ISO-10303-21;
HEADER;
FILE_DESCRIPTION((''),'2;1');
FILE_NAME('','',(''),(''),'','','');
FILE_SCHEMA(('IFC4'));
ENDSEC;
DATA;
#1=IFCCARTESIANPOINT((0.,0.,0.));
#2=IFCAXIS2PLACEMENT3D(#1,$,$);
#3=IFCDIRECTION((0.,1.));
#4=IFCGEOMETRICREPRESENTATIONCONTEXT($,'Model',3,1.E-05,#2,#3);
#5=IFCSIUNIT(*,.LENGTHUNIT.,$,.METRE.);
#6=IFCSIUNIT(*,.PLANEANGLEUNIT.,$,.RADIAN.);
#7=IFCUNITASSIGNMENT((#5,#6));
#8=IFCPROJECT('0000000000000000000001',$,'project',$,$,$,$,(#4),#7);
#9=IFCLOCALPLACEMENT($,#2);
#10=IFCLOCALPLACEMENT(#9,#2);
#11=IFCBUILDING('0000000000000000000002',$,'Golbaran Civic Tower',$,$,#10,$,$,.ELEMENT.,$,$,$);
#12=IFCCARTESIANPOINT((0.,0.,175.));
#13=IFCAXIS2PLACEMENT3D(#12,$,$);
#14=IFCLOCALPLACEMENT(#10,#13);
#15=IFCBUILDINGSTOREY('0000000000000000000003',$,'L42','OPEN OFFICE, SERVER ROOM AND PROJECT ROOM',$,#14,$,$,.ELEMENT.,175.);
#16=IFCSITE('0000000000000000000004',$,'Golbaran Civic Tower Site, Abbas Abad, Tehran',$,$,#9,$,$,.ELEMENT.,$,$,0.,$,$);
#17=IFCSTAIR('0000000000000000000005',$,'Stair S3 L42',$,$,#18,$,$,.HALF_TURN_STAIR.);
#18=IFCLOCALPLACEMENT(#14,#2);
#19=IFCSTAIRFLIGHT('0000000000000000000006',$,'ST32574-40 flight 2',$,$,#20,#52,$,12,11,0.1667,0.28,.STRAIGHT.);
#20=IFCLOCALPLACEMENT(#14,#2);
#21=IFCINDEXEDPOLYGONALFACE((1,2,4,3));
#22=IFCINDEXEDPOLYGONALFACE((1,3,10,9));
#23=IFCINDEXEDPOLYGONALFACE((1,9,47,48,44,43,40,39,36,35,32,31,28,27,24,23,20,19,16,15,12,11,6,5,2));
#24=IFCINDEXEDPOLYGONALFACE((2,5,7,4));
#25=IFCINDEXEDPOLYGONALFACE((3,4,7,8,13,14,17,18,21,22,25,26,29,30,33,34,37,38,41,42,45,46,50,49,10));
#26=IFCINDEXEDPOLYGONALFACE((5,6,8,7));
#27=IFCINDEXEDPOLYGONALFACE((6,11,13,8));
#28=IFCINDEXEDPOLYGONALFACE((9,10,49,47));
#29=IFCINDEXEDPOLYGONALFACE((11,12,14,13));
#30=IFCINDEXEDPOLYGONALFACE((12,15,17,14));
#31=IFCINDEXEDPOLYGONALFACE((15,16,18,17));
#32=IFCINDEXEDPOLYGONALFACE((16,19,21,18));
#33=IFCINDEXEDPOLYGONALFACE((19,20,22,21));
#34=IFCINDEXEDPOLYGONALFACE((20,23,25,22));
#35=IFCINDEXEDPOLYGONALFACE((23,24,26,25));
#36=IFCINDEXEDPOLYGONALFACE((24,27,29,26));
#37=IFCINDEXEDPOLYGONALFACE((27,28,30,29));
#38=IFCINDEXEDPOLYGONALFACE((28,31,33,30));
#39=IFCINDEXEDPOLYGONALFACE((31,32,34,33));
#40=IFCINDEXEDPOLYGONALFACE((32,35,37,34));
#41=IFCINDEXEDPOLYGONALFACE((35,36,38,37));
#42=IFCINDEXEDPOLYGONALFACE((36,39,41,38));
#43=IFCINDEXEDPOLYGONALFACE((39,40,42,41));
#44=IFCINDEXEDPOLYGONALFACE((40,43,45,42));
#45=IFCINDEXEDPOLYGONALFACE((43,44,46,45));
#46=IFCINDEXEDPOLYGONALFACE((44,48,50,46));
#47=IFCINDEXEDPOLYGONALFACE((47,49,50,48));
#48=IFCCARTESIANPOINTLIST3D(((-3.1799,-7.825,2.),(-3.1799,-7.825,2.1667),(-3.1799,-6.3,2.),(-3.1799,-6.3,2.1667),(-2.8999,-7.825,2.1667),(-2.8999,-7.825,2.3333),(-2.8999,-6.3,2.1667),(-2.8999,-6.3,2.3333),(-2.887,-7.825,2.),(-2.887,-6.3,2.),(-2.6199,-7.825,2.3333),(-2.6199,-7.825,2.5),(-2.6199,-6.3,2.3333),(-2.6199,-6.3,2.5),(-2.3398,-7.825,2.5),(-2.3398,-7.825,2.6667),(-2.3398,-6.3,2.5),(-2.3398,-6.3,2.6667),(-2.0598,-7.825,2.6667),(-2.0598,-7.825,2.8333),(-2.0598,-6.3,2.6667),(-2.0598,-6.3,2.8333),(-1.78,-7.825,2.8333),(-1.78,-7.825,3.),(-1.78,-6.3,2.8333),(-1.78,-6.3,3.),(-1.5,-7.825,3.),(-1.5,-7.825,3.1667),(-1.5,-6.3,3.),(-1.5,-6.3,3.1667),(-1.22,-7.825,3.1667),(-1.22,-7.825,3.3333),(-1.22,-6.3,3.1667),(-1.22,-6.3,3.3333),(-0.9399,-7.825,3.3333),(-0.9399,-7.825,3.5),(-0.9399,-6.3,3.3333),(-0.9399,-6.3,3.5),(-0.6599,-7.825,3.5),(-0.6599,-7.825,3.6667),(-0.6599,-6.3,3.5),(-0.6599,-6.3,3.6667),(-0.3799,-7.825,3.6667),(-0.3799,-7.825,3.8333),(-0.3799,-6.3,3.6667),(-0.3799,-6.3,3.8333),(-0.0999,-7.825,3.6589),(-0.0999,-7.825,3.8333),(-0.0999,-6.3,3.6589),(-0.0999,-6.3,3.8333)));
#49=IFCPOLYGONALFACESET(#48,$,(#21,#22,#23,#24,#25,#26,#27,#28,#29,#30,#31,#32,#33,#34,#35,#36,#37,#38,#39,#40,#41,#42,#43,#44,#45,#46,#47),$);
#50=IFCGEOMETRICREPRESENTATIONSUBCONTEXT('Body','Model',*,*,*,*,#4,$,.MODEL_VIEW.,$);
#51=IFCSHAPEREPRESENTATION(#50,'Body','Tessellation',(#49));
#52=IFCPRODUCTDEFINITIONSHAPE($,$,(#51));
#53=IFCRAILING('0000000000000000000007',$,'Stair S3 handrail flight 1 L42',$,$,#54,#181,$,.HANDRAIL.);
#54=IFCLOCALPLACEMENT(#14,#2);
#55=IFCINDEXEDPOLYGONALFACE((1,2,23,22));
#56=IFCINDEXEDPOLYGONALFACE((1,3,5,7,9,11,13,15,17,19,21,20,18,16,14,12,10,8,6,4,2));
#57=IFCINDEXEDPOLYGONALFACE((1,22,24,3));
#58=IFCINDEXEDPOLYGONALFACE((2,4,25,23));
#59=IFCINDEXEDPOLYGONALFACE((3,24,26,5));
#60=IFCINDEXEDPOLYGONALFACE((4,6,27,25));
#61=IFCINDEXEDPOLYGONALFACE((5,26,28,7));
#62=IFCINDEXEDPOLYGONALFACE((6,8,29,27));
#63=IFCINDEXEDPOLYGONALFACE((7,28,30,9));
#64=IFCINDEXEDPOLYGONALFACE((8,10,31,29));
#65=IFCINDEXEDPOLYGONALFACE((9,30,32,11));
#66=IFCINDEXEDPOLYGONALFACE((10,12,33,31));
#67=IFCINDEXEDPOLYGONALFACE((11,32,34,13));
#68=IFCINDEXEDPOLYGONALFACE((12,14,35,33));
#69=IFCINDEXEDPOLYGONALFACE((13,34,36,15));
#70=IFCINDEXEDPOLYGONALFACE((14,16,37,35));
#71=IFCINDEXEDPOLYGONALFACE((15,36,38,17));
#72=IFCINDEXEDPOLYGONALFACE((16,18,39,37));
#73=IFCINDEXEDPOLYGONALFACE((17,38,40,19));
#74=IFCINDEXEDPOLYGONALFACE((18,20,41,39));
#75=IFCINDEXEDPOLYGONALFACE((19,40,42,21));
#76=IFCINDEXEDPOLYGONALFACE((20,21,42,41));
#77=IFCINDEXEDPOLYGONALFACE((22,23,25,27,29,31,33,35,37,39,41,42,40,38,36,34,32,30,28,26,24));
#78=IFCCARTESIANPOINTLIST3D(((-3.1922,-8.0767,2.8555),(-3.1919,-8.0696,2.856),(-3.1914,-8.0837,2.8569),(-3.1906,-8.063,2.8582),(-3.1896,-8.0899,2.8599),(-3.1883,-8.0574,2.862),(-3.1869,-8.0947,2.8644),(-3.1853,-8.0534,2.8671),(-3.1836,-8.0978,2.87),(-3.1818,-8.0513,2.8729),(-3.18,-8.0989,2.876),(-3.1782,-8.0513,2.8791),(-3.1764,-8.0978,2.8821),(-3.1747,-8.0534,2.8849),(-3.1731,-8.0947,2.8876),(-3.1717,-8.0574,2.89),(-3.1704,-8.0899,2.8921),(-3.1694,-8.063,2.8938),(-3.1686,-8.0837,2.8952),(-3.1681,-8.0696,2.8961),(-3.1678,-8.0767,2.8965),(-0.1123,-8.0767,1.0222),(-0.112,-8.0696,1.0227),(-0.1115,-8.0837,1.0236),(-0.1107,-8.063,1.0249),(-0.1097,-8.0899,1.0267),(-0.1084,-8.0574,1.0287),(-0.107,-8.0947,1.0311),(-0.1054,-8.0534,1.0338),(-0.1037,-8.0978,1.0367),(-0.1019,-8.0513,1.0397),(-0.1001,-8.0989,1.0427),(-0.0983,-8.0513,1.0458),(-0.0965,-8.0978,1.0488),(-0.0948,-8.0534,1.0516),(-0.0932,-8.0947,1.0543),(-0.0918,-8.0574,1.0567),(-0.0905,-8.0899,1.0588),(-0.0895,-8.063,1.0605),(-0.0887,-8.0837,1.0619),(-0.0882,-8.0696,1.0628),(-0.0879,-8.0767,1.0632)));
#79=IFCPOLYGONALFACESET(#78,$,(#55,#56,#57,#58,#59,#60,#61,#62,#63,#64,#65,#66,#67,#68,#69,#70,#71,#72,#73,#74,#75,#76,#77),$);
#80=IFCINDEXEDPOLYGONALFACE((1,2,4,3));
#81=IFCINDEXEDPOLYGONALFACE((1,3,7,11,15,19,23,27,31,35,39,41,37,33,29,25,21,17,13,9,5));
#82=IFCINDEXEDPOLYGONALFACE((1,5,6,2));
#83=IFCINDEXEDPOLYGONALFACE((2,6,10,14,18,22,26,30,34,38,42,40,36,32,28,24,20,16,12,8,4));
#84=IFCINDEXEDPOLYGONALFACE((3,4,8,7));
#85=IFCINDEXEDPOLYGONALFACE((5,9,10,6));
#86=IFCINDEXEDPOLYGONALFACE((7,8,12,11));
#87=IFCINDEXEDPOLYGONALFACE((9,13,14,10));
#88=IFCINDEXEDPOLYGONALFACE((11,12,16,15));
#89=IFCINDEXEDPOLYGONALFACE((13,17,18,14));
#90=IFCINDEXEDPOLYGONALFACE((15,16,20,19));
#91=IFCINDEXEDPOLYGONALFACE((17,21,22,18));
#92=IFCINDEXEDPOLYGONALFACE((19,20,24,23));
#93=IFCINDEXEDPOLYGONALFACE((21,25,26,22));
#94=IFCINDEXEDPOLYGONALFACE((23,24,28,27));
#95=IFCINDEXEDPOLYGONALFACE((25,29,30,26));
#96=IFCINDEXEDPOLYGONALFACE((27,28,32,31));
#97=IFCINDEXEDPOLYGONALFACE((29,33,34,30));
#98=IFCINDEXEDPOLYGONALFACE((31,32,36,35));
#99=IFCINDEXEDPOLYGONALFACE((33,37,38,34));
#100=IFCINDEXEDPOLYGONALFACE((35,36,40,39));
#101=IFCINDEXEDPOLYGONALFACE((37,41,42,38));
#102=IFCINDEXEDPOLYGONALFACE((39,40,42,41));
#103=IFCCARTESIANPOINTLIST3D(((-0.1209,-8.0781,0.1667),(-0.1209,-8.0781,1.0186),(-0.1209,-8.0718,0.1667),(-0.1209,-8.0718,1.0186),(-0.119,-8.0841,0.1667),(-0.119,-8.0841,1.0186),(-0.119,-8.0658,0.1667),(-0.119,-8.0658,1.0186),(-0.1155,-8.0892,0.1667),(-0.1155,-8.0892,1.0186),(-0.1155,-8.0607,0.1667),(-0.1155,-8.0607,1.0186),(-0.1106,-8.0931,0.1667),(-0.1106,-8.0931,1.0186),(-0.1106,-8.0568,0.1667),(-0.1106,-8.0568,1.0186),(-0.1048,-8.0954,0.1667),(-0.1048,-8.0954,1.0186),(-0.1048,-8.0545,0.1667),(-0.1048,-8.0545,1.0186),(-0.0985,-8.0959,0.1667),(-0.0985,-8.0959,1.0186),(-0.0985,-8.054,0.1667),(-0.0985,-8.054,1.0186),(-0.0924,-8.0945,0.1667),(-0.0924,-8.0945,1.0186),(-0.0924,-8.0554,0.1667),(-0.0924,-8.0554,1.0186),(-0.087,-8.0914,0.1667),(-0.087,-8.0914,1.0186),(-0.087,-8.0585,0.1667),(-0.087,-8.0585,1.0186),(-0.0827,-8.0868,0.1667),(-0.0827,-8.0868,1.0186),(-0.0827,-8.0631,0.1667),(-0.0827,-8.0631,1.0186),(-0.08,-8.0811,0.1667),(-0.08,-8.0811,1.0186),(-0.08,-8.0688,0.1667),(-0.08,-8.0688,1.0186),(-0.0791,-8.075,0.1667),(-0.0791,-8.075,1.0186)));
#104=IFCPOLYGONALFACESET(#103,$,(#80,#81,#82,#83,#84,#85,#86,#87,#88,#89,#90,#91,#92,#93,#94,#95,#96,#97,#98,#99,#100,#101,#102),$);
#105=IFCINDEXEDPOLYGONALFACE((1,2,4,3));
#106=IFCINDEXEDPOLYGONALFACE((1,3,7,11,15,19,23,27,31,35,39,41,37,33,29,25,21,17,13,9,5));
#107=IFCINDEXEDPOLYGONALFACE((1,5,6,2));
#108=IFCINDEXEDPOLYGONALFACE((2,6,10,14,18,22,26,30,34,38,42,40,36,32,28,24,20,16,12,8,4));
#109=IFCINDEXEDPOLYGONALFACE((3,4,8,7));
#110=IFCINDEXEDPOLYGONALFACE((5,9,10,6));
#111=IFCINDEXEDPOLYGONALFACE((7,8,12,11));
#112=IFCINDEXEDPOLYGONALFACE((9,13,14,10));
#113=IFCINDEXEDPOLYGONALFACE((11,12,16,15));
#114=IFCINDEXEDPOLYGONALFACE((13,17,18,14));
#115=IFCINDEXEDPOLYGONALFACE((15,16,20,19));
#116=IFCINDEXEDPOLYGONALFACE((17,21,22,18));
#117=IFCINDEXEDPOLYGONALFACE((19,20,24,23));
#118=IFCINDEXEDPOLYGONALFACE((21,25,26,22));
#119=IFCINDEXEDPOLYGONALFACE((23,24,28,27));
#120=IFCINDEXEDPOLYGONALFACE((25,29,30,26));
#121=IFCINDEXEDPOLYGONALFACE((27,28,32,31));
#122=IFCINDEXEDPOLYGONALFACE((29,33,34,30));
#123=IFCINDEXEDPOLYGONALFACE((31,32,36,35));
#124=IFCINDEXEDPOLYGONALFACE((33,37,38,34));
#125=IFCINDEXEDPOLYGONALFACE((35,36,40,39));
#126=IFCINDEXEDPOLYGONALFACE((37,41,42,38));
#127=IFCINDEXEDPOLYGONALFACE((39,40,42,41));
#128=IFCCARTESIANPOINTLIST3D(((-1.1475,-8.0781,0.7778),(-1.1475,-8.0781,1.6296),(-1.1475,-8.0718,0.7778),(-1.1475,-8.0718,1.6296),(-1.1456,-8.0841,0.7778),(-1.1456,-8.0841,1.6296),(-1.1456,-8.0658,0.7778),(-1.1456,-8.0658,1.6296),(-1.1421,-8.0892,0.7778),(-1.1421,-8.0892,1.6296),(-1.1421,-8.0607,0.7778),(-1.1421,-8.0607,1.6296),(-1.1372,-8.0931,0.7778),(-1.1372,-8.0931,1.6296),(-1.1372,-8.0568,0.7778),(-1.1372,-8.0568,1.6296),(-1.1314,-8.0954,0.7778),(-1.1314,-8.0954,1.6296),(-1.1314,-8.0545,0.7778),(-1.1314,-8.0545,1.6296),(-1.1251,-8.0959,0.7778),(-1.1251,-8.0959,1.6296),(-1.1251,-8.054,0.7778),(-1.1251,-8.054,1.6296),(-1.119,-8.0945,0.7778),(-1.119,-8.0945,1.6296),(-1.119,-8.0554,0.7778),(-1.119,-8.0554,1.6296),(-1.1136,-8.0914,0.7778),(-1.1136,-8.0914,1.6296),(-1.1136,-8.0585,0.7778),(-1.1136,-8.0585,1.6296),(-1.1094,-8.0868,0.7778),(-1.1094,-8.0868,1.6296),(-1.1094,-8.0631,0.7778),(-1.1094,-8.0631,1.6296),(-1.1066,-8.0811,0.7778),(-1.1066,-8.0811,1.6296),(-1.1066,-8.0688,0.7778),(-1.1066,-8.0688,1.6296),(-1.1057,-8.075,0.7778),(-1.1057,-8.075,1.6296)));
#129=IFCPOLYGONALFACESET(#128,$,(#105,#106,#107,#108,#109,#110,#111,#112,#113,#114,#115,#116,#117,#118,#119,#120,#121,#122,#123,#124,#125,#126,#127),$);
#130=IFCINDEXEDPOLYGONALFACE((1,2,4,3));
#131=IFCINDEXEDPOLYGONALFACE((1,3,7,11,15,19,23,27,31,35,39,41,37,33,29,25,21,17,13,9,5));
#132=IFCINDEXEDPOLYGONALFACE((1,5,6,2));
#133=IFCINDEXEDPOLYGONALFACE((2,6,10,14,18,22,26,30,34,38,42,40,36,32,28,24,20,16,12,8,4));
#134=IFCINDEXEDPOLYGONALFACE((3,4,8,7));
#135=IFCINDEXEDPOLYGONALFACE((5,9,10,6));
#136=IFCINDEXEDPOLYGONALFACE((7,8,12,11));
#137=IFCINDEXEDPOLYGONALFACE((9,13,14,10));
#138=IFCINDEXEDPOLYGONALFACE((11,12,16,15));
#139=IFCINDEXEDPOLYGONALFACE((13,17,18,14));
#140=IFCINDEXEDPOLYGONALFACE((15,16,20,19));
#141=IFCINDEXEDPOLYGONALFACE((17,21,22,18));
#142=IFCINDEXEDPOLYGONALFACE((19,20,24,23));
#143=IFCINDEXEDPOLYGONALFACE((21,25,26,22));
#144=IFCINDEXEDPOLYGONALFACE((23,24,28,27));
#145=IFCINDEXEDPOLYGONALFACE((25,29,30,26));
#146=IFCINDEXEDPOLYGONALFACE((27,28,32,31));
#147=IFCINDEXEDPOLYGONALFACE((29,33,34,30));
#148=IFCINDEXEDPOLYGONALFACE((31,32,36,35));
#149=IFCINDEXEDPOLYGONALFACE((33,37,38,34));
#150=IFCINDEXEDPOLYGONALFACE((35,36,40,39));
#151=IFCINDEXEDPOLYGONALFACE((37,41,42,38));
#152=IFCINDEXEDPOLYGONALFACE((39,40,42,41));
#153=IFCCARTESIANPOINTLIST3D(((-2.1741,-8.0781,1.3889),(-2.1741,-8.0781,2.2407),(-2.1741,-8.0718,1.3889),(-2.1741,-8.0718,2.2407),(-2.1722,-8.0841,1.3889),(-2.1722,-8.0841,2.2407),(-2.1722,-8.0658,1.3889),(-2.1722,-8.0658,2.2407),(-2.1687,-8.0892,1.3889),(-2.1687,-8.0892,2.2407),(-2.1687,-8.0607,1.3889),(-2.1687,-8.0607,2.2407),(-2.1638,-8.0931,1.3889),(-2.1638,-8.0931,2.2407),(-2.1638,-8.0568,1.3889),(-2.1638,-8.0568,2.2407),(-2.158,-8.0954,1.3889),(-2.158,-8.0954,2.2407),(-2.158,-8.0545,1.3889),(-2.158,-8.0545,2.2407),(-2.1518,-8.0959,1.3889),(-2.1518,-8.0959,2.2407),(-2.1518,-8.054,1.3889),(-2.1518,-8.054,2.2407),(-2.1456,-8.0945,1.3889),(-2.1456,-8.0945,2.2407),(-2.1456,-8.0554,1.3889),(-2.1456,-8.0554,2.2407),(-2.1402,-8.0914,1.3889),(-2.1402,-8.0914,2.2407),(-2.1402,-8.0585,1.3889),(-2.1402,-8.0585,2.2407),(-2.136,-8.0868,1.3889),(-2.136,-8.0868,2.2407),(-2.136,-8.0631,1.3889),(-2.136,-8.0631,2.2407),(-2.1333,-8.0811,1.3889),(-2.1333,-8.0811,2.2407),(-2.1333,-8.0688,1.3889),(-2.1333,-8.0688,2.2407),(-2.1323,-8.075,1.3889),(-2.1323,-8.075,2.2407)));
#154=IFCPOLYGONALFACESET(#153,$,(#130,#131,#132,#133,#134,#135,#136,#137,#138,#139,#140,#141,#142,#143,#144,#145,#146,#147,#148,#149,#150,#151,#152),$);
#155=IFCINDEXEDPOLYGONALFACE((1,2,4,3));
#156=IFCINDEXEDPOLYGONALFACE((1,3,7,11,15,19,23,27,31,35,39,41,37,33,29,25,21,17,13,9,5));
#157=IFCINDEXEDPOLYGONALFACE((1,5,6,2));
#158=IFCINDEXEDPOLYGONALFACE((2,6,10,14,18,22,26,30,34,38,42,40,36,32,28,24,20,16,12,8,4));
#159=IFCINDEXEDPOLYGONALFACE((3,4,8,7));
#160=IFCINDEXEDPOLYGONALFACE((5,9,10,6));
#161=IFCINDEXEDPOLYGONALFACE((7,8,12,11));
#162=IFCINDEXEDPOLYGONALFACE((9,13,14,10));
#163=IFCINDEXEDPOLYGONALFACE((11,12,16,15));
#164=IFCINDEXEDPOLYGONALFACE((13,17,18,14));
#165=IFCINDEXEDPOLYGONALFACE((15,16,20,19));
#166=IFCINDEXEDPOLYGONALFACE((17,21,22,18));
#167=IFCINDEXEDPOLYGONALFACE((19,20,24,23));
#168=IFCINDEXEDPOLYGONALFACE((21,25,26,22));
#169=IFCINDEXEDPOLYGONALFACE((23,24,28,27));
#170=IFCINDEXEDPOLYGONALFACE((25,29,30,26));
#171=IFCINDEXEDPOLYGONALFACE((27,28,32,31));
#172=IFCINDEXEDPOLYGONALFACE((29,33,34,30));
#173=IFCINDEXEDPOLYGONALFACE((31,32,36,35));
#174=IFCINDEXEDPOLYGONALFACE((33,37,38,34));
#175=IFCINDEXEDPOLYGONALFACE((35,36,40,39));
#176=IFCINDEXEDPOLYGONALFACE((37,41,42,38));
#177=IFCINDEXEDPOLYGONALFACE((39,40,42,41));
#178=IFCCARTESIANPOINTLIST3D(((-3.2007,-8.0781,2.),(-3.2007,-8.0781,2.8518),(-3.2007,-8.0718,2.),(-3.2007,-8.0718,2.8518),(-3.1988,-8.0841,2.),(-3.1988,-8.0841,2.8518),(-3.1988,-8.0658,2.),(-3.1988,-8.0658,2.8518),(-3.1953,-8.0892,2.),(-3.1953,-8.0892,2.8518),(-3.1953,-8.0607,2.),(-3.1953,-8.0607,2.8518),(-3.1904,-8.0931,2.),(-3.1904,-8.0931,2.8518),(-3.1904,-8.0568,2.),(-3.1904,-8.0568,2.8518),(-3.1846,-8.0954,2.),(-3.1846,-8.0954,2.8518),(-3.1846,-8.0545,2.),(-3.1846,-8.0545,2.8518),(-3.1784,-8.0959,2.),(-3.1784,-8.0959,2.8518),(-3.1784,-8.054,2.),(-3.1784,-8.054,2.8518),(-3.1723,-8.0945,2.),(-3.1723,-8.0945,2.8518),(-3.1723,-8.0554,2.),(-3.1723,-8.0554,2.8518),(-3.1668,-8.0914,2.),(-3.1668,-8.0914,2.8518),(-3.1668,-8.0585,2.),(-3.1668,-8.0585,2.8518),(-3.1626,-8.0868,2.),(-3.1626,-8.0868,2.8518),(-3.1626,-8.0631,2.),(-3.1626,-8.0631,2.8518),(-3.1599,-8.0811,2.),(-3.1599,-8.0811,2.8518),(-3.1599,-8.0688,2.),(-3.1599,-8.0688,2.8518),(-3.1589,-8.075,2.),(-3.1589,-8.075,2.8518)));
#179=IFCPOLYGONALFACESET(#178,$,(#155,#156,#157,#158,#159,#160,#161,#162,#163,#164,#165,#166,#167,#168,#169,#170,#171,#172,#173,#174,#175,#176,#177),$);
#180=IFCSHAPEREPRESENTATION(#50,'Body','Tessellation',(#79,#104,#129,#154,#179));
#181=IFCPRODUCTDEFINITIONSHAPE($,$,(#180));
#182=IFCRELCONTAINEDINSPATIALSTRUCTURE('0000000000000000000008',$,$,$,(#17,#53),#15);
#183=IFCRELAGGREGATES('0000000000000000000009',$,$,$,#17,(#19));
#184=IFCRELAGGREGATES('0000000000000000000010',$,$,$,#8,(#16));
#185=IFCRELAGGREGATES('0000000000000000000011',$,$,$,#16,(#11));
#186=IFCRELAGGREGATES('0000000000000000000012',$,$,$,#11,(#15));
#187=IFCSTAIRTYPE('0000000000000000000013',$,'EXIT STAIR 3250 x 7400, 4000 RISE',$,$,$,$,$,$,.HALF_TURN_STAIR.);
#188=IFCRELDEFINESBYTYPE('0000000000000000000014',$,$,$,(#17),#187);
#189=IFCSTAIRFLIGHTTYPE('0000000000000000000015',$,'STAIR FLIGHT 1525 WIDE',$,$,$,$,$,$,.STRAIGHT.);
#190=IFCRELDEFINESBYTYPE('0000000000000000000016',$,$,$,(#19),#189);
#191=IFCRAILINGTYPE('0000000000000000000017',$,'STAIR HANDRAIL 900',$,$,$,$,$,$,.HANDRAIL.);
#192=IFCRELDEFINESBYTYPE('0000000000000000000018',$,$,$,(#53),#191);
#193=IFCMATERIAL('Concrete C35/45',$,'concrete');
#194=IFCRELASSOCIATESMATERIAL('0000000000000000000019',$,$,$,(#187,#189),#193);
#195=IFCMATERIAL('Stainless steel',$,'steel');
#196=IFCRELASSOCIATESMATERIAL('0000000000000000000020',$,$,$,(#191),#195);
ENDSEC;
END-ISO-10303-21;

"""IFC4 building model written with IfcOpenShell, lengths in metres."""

from ifc_helpers import new_model, si_unit, direction, frame, origin, origin_2d, place, context, subcontext, project, spatial, polyline, circle, outline, extrude, material, type_object, element, aggregate, save


model = new_model("IFC4")

# Units and contexts
model_context = context("Model", 3, precision=1e-05, world=origin(), true_north=direction((0.0, 1.0)))
body_context = subcontext(model_context, "Body", "Model", "MODEL_VIEW")
ifc_project = project(units=[si_unit("LENGTHUNIT", "METRE"), si_unit("PLANEANGLEUNIT", "RADIAN")], contexts=[model_context])

# Site, building, storey
site_placement = place(None, origin())
site = spatial("IfcSite", under=ifc_project, at=site_placement, Name="Golbaran Civic Tower Site, Abbas Abad, Tehran", CompositionType="ELEMENT", RefElevation=0.0)
building_placement = place(site_placement, origin())
building = spatial("IfcBuilding", under=site, at=building_placement, Name="Golbaran Civic Tower", CompositionType="ELEMENT")
storey_placement = place(building_placement, frame((0.0, 0.0, 175.0)))
storey = spatial("IfcBuildingStorey", under=building, at=storey_placement, Name="L42", Description="OPEN OFFICE, SERVER ROOM AND PROJECT ROOM", CompositionType="ELEMENT", Elevation=175.0)

# Shared definitions
ifc_material_1 = material(Name="Concrete C35/45", Category="concrete")

# Shared definitions
ifc_material_2 = material(Name="Stainless steel", Category="steel")

# Stair, stair flight
stair_type_1 = type_object("IfcStairType", Name="EXIT STAIR 3250 x 7400, 4000 RISE", PredefinedType="HALF_TURN_STAIR", material=ifc_material_1)
stair_1_placement = place(storey_placement, origin())
stair_1 = element("IfcStair", 1, at=stair_1_placement, inside=storey, type_object=stair_type_1, Name="Stair S3 L42", PredefinedType="HALF_TURN_STAIR")
stair_flight_type = type_object("IfcStairFlightType", Name="STAIR FLIGHT 1525 WIDE", PredefinedType="STRAIGHT", material=ifc_material_1)
stair_flight_1_placement = place(storey_placement, frame((-3.1799, -7.0625, 2.0), z_axis=(0.0, 0.0, 1.0), x_axis=(1.0, 0.0, 0.0)))
stair_flight_1 = element("IfcStairFlight", 2, at=stair_flight_1_placement, type_object=stair_flight_type, Name="ST32574-40 flight 2", NumberOfRisers=12, NumberOfTreads=11, PredefinedType="STRAIGHT", RiserHeight=0.1667, TreadLength=0.28, context=body_context, shape_type="SweptSolid", body=[
    extrude(outline(polyline([(0.0, 0.0), (0.0, 0.1667), (0.28, 0.1667), (0.28, 0.3333), (0.5601, 0.3333), (0.5601, 0.5), (0.8401, 0.5), (0.8401, 0.6667), (1.1201, 0.6667), (1.1201, 0.8333), (1.3999, 0.8333), (1.3999, 1.0), (1.6799, 1.0), (1.6799, 1.1667), (1.96, 1.1667), (1.96, 1.3333), (2.24, 1.3333), (2.24, 1.5), (2.52, 1.5), (2.52, 1.6667), (2.8, 1.6667), (2.8, 1.8333), (3.0801, 1.8333), (3.0801, 2.0), (3.0801, 1.6589), (0.293, 0.0), (0.0, 0.0)])), frame((0.0, 0.7625, 0.0), z_axis=(0.0, -1.0, 0.0), x_axis=(1.0, 0.0, 0.0)), (0.0, 0.0, 1.0), 1.5249),
])
aggregate(stair_1, [stair_flight_1])

# Railing
railing_type = type_object("IfcRailingType", Name="STAIR HANDRAIL 900", PredefinedType="HANDRAIL", material=ifc_material_2)
railing_1_placement = place(storey_placement, frame((-0.1001, -8.075, 0.1667)))
element("IfcRailing", 3, at=railing_1_placement, inside=storey, type_object=railing_type, Name="Stair S3 handrail flight 1 L42", PredefinedType="HANDRAIL", context=body_context, shape_type="SweptSolid", body=[
    extrude(circle(Radius=0.0239, at=origin_2d()), frame((0.0, 0.0, 0.876), z_axis=(-0.859291, 0.0, 0.511487), x_axis=(0.0, -1.0, 0.0)), (0.0, 0.0, 1.0), 3.5842),
    extrude(circle(Radius=0.021, at=origin_2d()), origin(), (0.0, 0.0, 1.0), 0.8518),
    extrude(circle(Radius=0.021, at=origin_2d()), frame((-1.0266, 0.0, 0.6111)), (0.0, 0.0, 1.0), 0.8518),
    extrude(circle(Radius=0.021, at=origin_2d()), frame((-2.0532, 0.0, 1.2222)), (0.0, 0.0, 1.0), 0.8518),
    extrude(circle(Radius=0.021, at=origin_2d()), frame((-3.0798, 0.0, 1.8333)), (0.0, 0.0, 1.0), 0.8518),
])

save(model, "model.ifc")
